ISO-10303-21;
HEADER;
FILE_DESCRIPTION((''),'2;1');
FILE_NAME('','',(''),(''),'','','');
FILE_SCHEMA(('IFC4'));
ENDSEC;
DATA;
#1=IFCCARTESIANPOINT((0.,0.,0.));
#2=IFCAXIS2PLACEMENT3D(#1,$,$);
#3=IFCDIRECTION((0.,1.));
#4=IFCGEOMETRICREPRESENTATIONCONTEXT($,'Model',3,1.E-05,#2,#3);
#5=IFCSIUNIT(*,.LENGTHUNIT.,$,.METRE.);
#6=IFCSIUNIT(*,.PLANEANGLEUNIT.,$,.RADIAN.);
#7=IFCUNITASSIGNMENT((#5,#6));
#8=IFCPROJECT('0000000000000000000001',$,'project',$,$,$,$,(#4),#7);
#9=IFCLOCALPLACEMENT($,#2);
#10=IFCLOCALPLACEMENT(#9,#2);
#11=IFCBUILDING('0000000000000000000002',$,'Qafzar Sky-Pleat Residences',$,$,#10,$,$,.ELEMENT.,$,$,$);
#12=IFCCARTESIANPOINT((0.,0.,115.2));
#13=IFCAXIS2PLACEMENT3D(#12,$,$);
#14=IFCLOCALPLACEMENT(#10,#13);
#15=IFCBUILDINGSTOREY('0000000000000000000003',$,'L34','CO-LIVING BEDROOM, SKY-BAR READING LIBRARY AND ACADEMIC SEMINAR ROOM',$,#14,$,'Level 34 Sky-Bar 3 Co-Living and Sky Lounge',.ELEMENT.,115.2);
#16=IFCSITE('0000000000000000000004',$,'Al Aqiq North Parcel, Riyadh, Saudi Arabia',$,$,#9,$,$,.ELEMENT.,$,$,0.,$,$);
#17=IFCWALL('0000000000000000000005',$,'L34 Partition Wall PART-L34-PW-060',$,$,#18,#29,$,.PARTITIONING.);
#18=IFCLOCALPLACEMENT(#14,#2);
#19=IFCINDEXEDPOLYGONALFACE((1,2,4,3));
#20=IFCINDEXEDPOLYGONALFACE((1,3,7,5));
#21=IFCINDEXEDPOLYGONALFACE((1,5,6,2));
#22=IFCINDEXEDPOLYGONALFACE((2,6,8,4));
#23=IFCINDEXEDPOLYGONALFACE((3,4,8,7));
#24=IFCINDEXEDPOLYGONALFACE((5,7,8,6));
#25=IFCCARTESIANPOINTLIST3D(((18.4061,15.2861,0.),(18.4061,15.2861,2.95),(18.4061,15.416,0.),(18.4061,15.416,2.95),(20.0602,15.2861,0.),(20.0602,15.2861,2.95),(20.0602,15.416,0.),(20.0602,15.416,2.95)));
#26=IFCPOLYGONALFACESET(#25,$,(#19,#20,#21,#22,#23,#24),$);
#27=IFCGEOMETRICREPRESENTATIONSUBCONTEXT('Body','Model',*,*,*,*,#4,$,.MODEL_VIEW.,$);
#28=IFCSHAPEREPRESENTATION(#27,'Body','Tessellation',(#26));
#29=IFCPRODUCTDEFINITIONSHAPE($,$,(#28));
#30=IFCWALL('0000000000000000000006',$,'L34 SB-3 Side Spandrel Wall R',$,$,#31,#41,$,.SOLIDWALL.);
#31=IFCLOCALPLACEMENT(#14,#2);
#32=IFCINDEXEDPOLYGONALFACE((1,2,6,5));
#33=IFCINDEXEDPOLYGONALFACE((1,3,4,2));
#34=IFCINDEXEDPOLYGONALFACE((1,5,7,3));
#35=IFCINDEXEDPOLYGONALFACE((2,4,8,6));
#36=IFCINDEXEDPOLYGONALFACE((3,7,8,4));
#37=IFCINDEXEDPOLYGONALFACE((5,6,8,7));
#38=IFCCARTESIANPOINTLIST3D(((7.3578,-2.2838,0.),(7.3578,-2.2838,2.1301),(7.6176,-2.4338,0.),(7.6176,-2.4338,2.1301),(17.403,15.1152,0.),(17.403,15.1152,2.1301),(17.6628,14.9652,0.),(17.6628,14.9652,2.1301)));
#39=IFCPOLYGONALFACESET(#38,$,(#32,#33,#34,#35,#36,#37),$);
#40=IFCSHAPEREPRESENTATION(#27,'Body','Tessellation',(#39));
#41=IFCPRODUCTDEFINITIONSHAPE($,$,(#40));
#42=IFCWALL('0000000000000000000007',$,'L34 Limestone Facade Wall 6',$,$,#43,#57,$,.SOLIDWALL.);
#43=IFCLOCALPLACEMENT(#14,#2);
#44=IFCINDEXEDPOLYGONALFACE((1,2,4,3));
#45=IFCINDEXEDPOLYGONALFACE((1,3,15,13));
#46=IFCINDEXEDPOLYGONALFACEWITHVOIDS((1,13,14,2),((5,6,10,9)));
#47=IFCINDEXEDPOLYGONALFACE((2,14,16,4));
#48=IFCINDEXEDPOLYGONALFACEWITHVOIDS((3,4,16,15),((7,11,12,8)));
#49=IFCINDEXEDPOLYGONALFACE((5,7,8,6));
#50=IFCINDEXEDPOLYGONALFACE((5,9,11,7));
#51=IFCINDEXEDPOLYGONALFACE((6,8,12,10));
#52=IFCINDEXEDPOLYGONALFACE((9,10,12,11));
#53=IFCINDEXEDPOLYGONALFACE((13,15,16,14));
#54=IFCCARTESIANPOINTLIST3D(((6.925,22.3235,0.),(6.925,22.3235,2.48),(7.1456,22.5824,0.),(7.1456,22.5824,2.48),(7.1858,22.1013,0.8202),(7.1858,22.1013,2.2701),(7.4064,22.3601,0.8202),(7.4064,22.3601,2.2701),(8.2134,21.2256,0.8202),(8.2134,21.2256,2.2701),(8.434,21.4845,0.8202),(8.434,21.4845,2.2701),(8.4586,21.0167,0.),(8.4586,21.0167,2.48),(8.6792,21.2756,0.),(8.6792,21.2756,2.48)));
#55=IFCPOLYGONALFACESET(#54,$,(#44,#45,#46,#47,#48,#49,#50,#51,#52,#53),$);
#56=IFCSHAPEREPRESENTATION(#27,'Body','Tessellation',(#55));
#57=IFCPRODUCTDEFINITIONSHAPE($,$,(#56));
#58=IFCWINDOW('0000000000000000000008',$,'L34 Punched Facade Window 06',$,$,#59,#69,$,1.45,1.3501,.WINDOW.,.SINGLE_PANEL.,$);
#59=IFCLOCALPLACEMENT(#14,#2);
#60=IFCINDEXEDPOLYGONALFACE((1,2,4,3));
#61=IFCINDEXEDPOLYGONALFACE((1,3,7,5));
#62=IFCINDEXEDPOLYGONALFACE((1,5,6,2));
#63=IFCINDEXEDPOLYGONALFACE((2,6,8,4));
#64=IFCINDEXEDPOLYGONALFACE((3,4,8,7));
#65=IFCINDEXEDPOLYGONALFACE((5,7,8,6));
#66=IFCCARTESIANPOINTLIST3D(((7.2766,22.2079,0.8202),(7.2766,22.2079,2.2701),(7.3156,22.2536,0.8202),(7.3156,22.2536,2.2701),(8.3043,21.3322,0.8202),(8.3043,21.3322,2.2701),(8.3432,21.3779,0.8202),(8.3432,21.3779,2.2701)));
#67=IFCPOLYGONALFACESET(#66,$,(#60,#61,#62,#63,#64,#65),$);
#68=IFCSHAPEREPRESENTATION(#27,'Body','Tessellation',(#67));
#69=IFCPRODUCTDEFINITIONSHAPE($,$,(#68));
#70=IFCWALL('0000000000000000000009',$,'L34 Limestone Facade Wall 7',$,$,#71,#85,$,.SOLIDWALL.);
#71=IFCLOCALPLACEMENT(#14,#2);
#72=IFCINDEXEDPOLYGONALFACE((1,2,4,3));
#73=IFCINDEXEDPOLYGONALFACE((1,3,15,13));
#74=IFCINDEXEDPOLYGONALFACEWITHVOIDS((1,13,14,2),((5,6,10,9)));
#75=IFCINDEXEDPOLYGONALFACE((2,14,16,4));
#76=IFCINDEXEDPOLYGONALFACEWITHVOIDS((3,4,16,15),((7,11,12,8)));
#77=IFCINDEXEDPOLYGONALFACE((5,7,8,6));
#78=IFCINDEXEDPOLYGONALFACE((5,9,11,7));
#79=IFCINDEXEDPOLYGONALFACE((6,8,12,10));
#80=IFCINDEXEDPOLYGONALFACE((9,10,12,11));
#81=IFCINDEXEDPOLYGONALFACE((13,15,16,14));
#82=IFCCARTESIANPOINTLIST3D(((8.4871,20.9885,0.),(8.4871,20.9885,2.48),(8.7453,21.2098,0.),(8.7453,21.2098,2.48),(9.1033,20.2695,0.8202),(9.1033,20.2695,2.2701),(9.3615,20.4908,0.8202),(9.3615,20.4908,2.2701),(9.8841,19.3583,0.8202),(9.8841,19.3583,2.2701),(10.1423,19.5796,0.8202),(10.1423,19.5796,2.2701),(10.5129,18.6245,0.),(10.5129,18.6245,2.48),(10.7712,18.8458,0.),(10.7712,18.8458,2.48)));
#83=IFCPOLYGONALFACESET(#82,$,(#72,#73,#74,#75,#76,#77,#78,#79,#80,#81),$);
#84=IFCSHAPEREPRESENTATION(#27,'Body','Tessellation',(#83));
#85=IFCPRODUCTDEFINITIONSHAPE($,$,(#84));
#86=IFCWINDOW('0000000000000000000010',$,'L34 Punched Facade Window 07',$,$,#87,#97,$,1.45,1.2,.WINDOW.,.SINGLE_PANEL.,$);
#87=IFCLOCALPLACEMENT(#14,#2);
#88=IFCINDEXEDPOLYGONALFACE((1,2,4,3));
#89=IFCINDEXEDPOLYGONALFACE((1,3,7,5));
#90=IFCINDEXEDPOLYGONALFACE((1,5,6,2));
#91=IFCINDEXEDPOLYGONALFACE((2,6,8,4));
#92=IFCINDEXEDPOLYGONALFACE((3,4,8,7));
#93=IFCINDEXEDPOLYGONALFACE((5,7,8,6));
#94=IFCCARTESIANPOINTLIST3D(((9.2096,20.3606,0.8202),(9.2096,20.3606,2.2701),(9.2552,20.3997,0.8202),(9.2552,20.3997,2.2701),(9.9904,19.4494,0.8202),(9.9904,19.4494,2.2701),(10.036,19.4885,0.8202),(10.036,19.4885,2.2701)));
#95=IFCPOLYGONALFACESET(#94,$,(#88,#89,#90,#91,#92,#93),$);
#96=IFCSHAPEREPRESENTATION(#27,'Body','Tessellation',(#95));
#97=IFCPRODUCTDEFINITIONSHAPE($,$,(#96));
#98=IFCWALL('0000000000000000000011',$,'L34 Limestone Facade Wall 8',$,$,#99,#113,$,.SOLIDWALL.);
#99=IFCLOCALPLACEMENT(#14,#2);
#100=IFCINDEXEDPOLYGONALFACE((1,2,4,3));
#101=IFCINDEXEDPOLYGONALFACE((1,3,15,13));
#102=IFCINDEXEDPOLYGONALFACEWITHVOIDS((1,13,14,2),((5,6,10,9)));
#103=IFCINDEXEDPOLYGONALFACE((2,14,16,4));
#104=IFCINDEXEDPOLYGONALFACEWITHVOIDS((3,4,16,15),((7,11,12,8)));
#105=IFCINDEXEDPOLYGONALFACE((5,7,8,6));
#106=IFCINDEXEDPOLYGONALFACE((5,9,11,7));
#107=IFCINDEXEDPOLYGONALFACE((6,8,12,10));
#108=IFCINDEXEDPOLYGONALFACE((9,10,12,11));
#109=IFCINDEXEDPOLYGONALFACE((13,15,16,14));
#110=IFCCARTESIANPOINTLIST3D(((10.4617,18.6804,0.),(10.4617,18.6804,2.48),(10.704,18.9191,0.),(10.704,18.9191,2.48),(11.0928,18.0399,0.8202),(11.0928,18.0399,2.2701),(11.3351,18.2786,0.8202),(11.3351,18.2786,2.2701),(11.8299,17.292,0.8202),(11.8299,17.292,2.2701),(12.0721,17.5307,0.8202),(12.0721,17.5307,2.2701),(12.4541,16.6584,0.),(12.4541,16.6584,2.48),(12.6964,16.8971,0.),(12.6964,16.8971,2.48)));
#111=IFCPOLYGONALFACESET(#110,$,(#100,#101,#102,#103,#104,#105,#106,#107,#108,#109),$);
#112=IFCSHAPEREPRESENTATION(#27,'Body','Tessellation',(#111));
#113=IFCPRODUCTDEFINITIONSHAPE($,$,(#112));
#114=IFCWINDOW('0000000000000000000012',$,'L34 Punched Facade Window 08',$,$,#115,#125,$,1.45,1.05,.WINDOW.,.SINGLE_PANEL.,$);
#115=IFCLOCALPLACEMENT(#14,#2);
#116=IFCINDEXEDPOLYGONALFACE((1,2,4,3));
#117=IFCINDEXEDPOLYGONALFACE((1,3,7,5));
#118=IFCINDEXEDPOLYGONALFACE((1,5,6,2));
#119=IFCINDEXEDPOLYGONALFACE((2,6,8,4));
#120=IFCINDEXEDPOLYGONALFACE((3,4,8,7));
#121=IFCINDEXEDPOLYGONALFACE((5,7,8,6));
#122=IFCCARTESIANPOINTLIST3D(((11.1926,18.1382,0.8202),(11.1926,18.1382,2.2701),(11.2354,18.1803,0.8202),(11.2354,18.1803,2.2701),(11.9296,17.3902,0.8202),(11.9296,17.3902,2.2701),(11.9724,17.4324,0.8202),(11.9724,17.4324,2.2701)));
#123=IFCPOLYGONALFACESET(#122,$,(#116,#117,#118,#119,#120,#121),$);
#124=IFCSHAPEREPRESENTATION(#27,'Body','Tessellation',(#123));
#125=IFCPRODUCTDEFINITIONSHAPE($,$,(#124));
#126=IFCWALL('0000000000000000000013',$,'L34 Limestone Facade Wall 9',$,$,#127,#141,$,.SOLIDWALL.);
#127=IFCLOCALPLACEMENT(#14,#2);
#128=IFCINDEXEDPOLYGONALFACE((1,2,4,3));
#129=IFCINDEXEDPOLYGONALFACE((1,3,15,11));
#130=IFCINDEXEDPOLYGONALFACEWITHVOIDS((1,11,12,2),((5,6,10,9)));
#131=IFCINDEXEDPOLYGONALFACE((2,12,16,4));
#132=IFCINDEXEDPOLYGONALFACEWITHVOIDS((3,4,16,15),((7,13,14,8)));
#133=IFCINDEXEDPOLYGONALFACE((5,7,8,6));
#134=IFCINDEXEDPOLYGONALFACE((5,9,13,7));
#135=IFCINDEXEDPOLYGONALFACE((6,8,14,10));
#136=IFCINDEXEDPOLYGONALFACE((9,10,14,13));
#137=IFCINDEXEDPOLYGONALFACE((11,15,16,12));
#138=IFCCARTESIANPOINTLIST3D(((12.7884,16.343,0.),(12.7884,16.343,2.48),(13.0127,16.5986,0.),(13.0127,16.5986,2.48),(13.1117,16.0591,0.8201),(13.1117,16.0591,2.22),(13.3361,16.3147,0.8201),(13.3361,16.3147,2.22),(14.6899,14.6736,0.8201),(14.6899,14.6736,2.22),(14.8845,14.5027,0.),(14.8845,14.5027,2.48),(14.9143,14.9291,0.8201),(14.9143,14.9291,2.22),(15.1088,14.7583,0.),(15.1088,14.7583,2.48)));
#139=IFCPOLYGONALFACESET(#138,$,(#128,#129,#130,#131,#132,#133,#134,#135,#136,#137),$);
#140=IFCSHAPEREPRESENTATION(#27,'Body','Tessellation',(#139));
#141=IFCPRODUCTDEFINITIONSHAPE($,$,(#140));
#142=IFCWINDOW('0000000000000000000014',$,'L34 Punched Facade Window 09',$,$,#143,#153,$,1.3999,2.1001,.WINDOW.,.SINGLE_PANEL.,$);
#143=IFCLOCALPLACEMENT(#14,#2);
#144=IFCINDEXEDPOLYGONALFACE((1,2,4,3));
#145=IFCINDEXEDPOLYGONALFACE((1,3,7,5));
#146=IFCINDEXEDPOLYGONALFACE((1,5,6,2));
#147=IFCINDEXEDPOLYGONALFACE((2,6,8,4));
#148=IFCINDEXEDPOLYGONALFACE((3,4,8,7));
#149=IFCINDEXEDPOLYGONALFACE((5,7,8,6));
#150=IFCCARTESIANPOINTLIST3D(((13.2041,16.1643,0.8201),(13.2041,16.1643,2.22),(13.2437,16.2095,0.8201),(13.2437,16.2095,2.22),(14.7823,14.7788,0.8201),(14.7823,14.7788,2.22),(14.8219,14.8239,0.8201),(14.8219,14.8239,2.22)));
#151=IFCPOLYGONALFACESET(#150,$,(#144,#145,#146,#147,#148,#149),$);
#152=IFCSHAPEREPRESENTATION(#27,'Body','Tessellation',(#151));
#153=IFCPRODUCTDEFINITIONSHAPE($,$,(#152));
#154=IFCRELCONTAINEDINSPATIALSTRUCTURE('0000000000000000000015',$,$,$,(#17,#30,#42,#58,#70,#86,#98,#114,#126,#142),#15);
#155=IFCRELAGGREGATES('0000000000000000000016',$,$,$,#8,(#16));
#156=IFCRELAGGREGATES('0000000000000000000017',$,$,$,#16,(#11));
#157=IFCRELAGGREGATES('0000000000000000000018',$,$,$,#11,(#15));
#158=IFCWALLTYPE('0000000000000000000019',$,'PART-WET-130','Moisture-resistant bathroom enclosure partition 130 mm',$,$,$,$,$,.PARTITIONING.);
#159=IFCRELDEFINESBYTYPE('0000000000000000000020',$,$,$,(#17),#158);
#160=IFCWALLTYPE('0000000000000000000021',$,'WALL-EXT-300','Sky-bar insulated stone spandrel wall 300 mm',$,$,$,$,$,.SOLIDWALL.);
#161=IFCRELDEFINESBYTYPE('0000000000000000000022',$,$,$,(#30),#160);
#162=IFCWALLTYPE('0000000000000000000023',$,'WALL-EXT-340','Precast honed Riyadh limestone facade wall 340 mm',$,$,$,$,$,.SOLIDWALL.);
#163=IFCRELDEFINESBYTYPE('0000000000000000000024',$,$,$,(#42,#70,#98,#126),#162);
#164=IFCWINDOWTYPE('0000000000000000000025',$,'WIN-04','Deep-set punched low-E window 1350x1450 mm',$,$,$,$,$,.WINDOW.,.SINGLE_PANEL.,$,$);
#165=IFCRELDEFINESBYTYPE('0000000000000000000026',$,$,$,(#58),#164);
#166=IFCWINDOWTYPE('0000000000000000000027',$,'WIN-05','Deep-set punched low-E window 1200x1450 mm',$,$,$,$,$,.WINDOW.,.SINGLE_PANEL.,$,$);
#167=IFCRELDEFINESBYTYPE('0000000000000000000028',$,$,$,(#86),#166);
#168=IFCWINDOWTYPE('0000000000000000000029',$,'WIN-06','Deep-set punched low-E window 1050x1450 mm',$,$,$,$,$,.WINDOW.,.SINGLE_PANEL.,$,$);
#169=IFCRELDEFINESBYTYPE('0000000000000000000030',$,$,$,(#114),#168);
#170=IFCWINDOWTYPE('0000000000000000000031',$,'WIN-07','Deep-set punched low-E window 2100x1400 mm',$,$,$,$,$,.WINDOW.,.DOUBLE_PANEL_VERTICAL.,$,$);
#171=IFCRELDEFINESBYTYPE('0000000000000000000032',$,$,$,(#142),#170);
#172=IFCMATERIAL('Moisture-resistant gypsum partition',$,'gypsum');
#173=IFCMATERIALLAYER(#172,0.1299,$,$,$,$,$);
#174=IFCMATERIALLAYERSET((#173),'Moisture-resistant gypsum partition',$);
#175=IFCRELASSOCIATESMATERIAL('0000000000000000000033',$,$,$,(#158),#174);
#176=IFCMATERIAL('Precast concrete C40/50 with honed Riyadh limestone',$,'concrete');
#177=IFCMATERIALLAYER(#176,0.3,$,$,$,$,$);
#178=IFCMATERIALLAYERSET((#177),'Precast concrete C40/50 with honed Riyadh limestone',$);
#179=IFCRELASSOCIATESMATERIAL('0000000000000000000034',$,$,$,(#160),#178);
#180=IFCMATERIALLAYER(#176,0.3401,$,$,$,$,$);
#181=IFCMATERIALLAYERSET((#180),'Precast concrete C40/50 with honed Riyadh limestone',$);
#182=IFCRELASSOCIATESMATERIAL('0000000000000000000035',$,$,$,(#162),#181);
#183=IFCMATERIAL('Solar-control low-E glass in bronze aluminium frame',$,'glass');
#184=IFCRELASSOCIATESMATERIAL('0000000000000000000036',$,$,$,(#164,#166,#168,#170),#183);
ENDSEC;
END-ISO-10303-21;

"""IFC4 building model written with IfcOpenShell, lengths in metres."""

from ifc_helpers import new_model, si_unit, direction, frame, frame_2d, origin, place, context, subcontext, project, spatial, rectangle, extrude, source, transform, mapped, material, layer, layer_set, type_object, element, fill, save


model = new_model("IFC4")

# Units and contexts
model_context = context("Model", 3, precision=1e-05, world=origin(), true_north=direction((0.0, 1.0)))
body_context = subcontext(model_context, "Body", "Model", "MODEL_VIEW")
ifc_project = project(units=[si_unit("LENGTHUNIT", "METRE"), si_unit("PLANEANGLEUNIT", "RADIAN")], contexts=[model_context])

# Site, building, storey
site_placement = place(None, origin())
site = spatial("IfcSite", under=ifc_project, at=site_placement, Name="Al Aqiq North Parcel, Riyadh, Saudi Arabia", CompositionType="ELEMENT", RefElevation=0.0)
building_placement = place(site_placement, origin())
building = spatial("IfcBuilding", under=site, at=building_placement, Name="Qafzar Sky-Pleat Residences", CompositionType="ELEMENT")
storey_placement = place(building_placement, frame((0.0, 0.0, 115.2)))
storey = spatial("IfcBuildingStorey", under=building, at=storey_placement, Name="L34", Description="CO-LIVING BEDROOM, SKY-BAR READING LIBRARY AND ACADEMIC SEMINAR ROOM", LongName="Level 34 Sky-Bar 3 Co-Living and Sky Lounge", CompositionType="ELEMENT", Elevation=115.2)

# Shared definitions
ifc_material_1 = material(Name="Moisture-resistant gypsum partition", Category="gypsum")
ifc_layer_1 = layer(ifc_material_1, 0.1299)
ifc_layer_set_1 = layer_set([ifc_layer_1], Name="Moisture-resistant gypsum partition")
wall_type_1 = type_object("IfcWallType", Name="PART-WET-130", Description="Moisture-resistant bathroom enclosure partition 130 mm", PredefinedType="PARTITIONING", material=ifc_layer_set_1)

# Walls
wall_1_placement = place(storey_placement, frame((18.406, 15.3511, 0.0), z_axis=(0.0, 0.0, 1.0), x_axis=(1.0, 0.0, 0.0)))
element("IfcWall", 1, at=wall_1_placement, inside=storey, type_object=wall_type_1, Name="L34 Partition Wall PART-L34-PW-060", PredefinedType="PARTITIONING", context=body_context, shape_type="SweptSolid", body=[
    extrude(rectangle(XDim=1.6541, YDim=0.1299, at=frame_2d((0.8271, 0.0))), origin(), (0.0, 0.0, 1.0), 2.95),
])
ifc_material_2 = material(Name="Precast concrete C40/50 with honed Riyadh limestone", Category="concrete")
ifc_layer_2 = layer(ifc_material_2, 0.3)
ifc_layer_set_2 = layer_set([ifc_layer_2], Name="Precast concrete C40/50 with honed Riyadh limestone")
wall_type_2 = type_object("IfcWallType", Name="WALL-EXT-300", Description="Sky-bar insulated stone spandrel wall 300 mm", PredefinedType="SOLIDWALL", material=ifc_layer_set_2)
wall_2_placement = place(storey_placement, frame((17.533, 15.0403, 0.0), z_axis=(0.0, 0.0, 1.0), x_axis=(-0.499996, -0.866028, 0.0)))
element("IfcWall", 2, at=wall_2_placement, inside=storey, type_object=wall_type_2, Name="L34 SB-3 Side Spandrel Wall R", PredefinedType="SOLIDWALL", context=body_context, shape_type="SweptSolid", body=[
    extrude(rectangle(XDim=20.0906, YDim=0.3, at=frame_2d((10.0454, 0.0))), origin(), (0.0, 0.0, 1.0), 2.1301),
])

# Walls, openings, windows
ifc_layer_3 = layer(ifc_material_2, 0.3401)
ifc_layer_set_3 = layer_set([ifc_layer_3], Name="Precast concrete C40/50 with honed Riyadh limestone")
wall_type_3 = type_object("IfcWallType", Name="WALL-EXT-340", Description="Precast honed Riyadh limestone facade wall 340 mm", PredefinedType="SOLIDWALL", material=ifc_layer_set_3)
wall_3_placement = place(storey_placement, frame((7.0354, 22.4529, 0.0), z_axis=(0.0, 0.0, 1.0), x_axis=(0.761144, -0.648583, 0.0)))
wall_3 = element("IfcWall", 3, at=wall_3_placement, inside=storey, type_object=wall_type_3, Name="L34 Limestone Facade Wall 6", PredefinedType="SOLIDWALL", context=body_context, shape_type="SweptSolid", body=[
    extrude(rectangle(XDim=2.0149, YDim=0.3401, at=frame_2d((1.0073, 0.0))), origin(), (0.0, 0.0, 1.0), 2.48),
])
opening_1_placement = place(wall_3_placement, frame((0.3425, 0.0, 0.8201)))
opening_1 = element("IfcOpeningElement", 4, at=opening_1_placement, cuts=wall_3, PredefinedType="OPENING", context=body_context, shape_type="SweptSolid", body=[
    extrude(rectangle(XDim=1.3501, YDim=1.45, at=frame_2d((0.675, 0.7251))), frame((0.0, 0.1802, 0.0), z_axis=(0.0, -1.0, 0.0), x_axis=(1.0, 0.0, 0.0)), (0.0, 0.0, 1.0), 0.3601),
])
ifc_material_3 = material(Name="Solar-control low-E glass in bronze aluminium frame", Category="glass")
window_type_1 = type_object("IfcWindowType", Name="WIN-04", Description="Deep-set punched low-E window 1350x1450 mm", PartitioningType="SINGLE_PANEL", PredefinedType="WINDOW", material=ifc_material_3)
shared_shape_1 = source(origin(), body_context, "Body", "SweptSolid", [
    extrude(rectangle(XDim=1.3501, YDim=1.45, at=frame_2d((0.675, 0.7251))), frame((0.0, 0.03, 0.0), z_axis=(0.0, -1.0, 0.0), x_axis=(1.0, 0.0, 0.0)), (0.0, 0.0, 1.0), 0.0601),
])
window_1_placement = place(opening_1_placement, origin())
window_1 = element("IfcWindow", 5, at=window_1_placement, inside=storey, type_object=window_type_1, Name="L34 Punched Facade Window 06", OverallHeight=1.45, OverallWidth=1.3501, PartitioningType="SINGLE_PANEL", PredefinedType="WINDOW", context=body_context, shape_type="MappedRepresentation", body=[
    mapped(shared_shape_1, transform((0.0, 0.0, 0.0), x_axis=(1.0, 0.0, 0.0), y_axis=(0.0, 1.0, 0.0), z_axis=(0.0, 0.0, 1.0), scale=1.0)),
])
fill(opening_1, window_1)
wall_4_placement = place(storey_placement, frame((8.6162, 21.0991, 0.0), z_axis=(0.0, 0.0, 1.0), x_axis=(0.650714, -0.759323, 0.0)))
wall_4 = element("IfcWall", 6, at=wall_4_placement, inside=storey, type_object=wall_type_3, Name="L34 Limestone Facade Wall 7", PredefinedType="SOLIDWALL", context=body_context, shape_type="SweptSolid", body=[
    extrude(rectangle(XDim=3.1133, YDim=0.3401, at=frame_2d((1.5566, 0.0))), origin(), (0.0, 0.0, 1.0), 2.48),
])
opening_2_placement = place(wall_4_placement, frame((0.9468, 0.0, 0.8201)))
opening_2 = element("IfcOpeningElement", 7, at=opening_2_placement, cuts=wall_4, PredefinedType="OPENING", context=body_context, shape_type="SweptSolid", body=[
    extrude(rectangle(XDim=1.2, YDim=1.45, at=frame_2d((0.6001, 0.7251))), frame((0.0, 0.1802, 0.0), z_axis=(0.0, -1.0, 0.0), x_axis=(1.0, 0.0, 0.0)), (0.0, 0.0, 1.0), 0.3601),
])
window_type_2 = type_object("IfcWindowType", Name="WIN-05", Description="Deep-set punched low-E window 1200x1450 mm", PartitioningType="SINGLE_PANEL", PredefinedType="WINDOW", material=ifc_material_3)
shared_shape_2 = source(origin(), body_context, "Body", "SweptSolid", [
    extrude(rectangle(XDim=1.2, YDim=1.45, at=frame_2d((0.6001, 0.7251))), frame((0.0, 0.03, 0.0), z_axis=(0.0, -1.0, 0.0), x_axis=(1.0, 0.0, 0.0)), (0.0, 0.0, 1.0), 0.0601),
])
window_2_placement = place(opening_2_placement, origin())
window_2 = element("IfcWindow", 8, at=window_2_placement, inside=storey, type_object=window_type_2, Name="L34 Punched Facade Window 07", OverallHeight=1.45, OverallWidth=1.2, PartitioningType="SINGLE_PANEL", PredefinedType="WINDOW", context=body_context, shape_type="MappedRepresentation", body=[
    mapped(shared_shape_2, transform((0.0, 0.0, 0.0), x_axis=(1.0, 0.0, 0.0), y_axis=(0.0, 1.0, 0.0), z_axis=(0.0, 0.0, 1.0), scale=1.0)),
])
fill(opening_2, window_2)
wall_5_placement = place(storey_placement, frame((10.5828, 18.7998, 0.0), z_axis=(0.0, 0.0, 1.0), x_axis=(0.701884, -0.712291, 0.0)))
wall_5 = element("IfcWall", 9, at=wall_5_placement, inside=storey, type_object=wall_type_3, Name="L34 Limestone Facade Wall 8", PredefinedType="SOLIDWALL", context=body_context, shape_type="SweptSolid", body=[
    extrude(rectangle(XDim=2.8386, YDim=0.3401, at=frame_2d((1.4194, 0.0))), origin(), (0.0, 0.0, 1.0), 2.48),
])
opening_3_placement = place(wall_5_placement, frame((0.8994, 0.0, 0.8201)))
opening_3 = element("IfcOpeningElement", 10, at=opening_3_placement, cuts=wall_5, PredefinedType="OPENING", context=body_context, shape_type="SweptSolid", body=[
    extrude(rectangle(XDim=1.05, YDim=1.45, at=frame_2d((0.5249, 0.7251))), frame((0.0, 0.1802, 0.0), z_axis=(0.0, -1.0, 0.0), x_axis=(1.0, 0.0, 0.0)), (0.0, 0.0, 1.0), 0.3601),
])
window_type_3 = type_object("IfcWindowType", Name="WIN-06", Description="Deep-set punched low-E window 1050x1450 mm", PartitioningType="SINGLE_PANEL", PredefinedType="WINDOW", material=ifc_material_3)
shared_shape_3 = source(origin(), body_context, "Body", "SweptSolid", [
    extrude(rectangle(XDim=1.05, YDim=1.45, at=frame_2d((0.5249, 0.7251))), frame((0.0, 0.03, 0.0), z_axis=(0.0, -1.0, 0.0), x_axis=(1.0, 0.0, 0.0)), (0.0, 0.0, 1.0), 0.0601),
])
window_3_placement = place(opening_3_placement, origin())
window_3 = element("IfcWindow", 11, at=window_3_placement, inside=storey, type_object=window_type_3, Name="L34 Punched Facade Window 08", OverallHeight=1.45, OverallWidth=1.05, PartitioningType="SINGLE_PANEL", PredefinedType="WINDOW", context=body_context, shape_type="MappedRepresentation", body=[
    mapped(shared_shape_3, transform((0.0, 0.0, 0.0), x_axis=(1.0, 0.0, 0.0), y_axis=(0.0, 1.0, 0.0), z_axis=(0.0, 0.0, 1.0), scale=1.0)),
])
fill(opening_3, window_3)
wall_6_placement = place(storey_placement, frame((12.9006, 16.4707, 0.0), z_axis=(0.0, 0.0, 1.0), x_axis=(0.75148, -0.659755, 0.0)))
wall_6 = element("IfcWall", 12, at=wall_6_placement, inside=storey, type_object=wall_type_3, Name="L34 Limestone Facade Wall 9", PredefinedType="SOLIDWALL", context=body_context, shape_type="SweptSolid", body=[
    extrude(rectangle(XDim=2.7893, YDim=0.3401, at=frame_2d((1.3945, 0.0))), origin(), (0.0, 0.0, 1.0), 2.48),
])
opening_4_placement = place(wall_6_placement, frame((0.4302, 0.0, 0.8201)))
opening_4 = element("IfcOpeningElement", 13, at=opening_4_placement, cuts=wall_6, PredefinedType="OPENING", context=body_context, shape_type="SweptSolid", body=[
    extrude(rectangle(XDim=2.1001, YDim=1.3999, at=frame_2d((1.05, 0.7))), frame((0.0, 0.1802, 0.0), z_axis=(0.0, -1.0, 0.0), x_axis=(1.0, 0.0, 0.0)), (0.0, 0.0, 1.0), 0.3601),
])
window_type_4 = type_object("IfcWindowType", Name="WIN-07", Description="Deep-set punched low-E window 2100x1400 mm", PartitioningType="DOUBLE_PANEL_VERTICAL", PredefinedType="WINDOW", material=ifc_material_3)
shared_shape_4 = source(origin(), body_context, "Body", "SweptSolid", [
    extrude(rectangle(XDim=2.1001, YDim=1.3999, at=frame_2d((1.05, 0.7))), frame((0.0, 0.03, 0.0), z_axis=(0.0, -1.0, 0.0), x_axis=(1.0, 0.0, 0.0)), (0.0, 0.0, 1.0), 0.0601),
])
window_4_placement = place(opening_4_placement, origin())
window_4 = element("IfcWindow", 14, at=window_4_placement, inside=storey, type_object=window_type_4, Name="L34 Punched Facade Window 09", OverallHeight=1.3999, OverallWidth=2.1001, PartitioningType="SINGLE_PANEL", PredefinedType="WINDOW", context=body_context, shape_type="MappedRepresentation", body=[
    mapped(shared_shape_4, transform((0.0, 0.0, 0.0), x_axis=(1.0, 0.0, 0.0), y_axis=(0.0, 1.0, 0.0), z_axis=(0.0, 0.0, 1.0), scale=1.0)),
])
fill(opening_4, window_4)

save(model, "model.ifc")
